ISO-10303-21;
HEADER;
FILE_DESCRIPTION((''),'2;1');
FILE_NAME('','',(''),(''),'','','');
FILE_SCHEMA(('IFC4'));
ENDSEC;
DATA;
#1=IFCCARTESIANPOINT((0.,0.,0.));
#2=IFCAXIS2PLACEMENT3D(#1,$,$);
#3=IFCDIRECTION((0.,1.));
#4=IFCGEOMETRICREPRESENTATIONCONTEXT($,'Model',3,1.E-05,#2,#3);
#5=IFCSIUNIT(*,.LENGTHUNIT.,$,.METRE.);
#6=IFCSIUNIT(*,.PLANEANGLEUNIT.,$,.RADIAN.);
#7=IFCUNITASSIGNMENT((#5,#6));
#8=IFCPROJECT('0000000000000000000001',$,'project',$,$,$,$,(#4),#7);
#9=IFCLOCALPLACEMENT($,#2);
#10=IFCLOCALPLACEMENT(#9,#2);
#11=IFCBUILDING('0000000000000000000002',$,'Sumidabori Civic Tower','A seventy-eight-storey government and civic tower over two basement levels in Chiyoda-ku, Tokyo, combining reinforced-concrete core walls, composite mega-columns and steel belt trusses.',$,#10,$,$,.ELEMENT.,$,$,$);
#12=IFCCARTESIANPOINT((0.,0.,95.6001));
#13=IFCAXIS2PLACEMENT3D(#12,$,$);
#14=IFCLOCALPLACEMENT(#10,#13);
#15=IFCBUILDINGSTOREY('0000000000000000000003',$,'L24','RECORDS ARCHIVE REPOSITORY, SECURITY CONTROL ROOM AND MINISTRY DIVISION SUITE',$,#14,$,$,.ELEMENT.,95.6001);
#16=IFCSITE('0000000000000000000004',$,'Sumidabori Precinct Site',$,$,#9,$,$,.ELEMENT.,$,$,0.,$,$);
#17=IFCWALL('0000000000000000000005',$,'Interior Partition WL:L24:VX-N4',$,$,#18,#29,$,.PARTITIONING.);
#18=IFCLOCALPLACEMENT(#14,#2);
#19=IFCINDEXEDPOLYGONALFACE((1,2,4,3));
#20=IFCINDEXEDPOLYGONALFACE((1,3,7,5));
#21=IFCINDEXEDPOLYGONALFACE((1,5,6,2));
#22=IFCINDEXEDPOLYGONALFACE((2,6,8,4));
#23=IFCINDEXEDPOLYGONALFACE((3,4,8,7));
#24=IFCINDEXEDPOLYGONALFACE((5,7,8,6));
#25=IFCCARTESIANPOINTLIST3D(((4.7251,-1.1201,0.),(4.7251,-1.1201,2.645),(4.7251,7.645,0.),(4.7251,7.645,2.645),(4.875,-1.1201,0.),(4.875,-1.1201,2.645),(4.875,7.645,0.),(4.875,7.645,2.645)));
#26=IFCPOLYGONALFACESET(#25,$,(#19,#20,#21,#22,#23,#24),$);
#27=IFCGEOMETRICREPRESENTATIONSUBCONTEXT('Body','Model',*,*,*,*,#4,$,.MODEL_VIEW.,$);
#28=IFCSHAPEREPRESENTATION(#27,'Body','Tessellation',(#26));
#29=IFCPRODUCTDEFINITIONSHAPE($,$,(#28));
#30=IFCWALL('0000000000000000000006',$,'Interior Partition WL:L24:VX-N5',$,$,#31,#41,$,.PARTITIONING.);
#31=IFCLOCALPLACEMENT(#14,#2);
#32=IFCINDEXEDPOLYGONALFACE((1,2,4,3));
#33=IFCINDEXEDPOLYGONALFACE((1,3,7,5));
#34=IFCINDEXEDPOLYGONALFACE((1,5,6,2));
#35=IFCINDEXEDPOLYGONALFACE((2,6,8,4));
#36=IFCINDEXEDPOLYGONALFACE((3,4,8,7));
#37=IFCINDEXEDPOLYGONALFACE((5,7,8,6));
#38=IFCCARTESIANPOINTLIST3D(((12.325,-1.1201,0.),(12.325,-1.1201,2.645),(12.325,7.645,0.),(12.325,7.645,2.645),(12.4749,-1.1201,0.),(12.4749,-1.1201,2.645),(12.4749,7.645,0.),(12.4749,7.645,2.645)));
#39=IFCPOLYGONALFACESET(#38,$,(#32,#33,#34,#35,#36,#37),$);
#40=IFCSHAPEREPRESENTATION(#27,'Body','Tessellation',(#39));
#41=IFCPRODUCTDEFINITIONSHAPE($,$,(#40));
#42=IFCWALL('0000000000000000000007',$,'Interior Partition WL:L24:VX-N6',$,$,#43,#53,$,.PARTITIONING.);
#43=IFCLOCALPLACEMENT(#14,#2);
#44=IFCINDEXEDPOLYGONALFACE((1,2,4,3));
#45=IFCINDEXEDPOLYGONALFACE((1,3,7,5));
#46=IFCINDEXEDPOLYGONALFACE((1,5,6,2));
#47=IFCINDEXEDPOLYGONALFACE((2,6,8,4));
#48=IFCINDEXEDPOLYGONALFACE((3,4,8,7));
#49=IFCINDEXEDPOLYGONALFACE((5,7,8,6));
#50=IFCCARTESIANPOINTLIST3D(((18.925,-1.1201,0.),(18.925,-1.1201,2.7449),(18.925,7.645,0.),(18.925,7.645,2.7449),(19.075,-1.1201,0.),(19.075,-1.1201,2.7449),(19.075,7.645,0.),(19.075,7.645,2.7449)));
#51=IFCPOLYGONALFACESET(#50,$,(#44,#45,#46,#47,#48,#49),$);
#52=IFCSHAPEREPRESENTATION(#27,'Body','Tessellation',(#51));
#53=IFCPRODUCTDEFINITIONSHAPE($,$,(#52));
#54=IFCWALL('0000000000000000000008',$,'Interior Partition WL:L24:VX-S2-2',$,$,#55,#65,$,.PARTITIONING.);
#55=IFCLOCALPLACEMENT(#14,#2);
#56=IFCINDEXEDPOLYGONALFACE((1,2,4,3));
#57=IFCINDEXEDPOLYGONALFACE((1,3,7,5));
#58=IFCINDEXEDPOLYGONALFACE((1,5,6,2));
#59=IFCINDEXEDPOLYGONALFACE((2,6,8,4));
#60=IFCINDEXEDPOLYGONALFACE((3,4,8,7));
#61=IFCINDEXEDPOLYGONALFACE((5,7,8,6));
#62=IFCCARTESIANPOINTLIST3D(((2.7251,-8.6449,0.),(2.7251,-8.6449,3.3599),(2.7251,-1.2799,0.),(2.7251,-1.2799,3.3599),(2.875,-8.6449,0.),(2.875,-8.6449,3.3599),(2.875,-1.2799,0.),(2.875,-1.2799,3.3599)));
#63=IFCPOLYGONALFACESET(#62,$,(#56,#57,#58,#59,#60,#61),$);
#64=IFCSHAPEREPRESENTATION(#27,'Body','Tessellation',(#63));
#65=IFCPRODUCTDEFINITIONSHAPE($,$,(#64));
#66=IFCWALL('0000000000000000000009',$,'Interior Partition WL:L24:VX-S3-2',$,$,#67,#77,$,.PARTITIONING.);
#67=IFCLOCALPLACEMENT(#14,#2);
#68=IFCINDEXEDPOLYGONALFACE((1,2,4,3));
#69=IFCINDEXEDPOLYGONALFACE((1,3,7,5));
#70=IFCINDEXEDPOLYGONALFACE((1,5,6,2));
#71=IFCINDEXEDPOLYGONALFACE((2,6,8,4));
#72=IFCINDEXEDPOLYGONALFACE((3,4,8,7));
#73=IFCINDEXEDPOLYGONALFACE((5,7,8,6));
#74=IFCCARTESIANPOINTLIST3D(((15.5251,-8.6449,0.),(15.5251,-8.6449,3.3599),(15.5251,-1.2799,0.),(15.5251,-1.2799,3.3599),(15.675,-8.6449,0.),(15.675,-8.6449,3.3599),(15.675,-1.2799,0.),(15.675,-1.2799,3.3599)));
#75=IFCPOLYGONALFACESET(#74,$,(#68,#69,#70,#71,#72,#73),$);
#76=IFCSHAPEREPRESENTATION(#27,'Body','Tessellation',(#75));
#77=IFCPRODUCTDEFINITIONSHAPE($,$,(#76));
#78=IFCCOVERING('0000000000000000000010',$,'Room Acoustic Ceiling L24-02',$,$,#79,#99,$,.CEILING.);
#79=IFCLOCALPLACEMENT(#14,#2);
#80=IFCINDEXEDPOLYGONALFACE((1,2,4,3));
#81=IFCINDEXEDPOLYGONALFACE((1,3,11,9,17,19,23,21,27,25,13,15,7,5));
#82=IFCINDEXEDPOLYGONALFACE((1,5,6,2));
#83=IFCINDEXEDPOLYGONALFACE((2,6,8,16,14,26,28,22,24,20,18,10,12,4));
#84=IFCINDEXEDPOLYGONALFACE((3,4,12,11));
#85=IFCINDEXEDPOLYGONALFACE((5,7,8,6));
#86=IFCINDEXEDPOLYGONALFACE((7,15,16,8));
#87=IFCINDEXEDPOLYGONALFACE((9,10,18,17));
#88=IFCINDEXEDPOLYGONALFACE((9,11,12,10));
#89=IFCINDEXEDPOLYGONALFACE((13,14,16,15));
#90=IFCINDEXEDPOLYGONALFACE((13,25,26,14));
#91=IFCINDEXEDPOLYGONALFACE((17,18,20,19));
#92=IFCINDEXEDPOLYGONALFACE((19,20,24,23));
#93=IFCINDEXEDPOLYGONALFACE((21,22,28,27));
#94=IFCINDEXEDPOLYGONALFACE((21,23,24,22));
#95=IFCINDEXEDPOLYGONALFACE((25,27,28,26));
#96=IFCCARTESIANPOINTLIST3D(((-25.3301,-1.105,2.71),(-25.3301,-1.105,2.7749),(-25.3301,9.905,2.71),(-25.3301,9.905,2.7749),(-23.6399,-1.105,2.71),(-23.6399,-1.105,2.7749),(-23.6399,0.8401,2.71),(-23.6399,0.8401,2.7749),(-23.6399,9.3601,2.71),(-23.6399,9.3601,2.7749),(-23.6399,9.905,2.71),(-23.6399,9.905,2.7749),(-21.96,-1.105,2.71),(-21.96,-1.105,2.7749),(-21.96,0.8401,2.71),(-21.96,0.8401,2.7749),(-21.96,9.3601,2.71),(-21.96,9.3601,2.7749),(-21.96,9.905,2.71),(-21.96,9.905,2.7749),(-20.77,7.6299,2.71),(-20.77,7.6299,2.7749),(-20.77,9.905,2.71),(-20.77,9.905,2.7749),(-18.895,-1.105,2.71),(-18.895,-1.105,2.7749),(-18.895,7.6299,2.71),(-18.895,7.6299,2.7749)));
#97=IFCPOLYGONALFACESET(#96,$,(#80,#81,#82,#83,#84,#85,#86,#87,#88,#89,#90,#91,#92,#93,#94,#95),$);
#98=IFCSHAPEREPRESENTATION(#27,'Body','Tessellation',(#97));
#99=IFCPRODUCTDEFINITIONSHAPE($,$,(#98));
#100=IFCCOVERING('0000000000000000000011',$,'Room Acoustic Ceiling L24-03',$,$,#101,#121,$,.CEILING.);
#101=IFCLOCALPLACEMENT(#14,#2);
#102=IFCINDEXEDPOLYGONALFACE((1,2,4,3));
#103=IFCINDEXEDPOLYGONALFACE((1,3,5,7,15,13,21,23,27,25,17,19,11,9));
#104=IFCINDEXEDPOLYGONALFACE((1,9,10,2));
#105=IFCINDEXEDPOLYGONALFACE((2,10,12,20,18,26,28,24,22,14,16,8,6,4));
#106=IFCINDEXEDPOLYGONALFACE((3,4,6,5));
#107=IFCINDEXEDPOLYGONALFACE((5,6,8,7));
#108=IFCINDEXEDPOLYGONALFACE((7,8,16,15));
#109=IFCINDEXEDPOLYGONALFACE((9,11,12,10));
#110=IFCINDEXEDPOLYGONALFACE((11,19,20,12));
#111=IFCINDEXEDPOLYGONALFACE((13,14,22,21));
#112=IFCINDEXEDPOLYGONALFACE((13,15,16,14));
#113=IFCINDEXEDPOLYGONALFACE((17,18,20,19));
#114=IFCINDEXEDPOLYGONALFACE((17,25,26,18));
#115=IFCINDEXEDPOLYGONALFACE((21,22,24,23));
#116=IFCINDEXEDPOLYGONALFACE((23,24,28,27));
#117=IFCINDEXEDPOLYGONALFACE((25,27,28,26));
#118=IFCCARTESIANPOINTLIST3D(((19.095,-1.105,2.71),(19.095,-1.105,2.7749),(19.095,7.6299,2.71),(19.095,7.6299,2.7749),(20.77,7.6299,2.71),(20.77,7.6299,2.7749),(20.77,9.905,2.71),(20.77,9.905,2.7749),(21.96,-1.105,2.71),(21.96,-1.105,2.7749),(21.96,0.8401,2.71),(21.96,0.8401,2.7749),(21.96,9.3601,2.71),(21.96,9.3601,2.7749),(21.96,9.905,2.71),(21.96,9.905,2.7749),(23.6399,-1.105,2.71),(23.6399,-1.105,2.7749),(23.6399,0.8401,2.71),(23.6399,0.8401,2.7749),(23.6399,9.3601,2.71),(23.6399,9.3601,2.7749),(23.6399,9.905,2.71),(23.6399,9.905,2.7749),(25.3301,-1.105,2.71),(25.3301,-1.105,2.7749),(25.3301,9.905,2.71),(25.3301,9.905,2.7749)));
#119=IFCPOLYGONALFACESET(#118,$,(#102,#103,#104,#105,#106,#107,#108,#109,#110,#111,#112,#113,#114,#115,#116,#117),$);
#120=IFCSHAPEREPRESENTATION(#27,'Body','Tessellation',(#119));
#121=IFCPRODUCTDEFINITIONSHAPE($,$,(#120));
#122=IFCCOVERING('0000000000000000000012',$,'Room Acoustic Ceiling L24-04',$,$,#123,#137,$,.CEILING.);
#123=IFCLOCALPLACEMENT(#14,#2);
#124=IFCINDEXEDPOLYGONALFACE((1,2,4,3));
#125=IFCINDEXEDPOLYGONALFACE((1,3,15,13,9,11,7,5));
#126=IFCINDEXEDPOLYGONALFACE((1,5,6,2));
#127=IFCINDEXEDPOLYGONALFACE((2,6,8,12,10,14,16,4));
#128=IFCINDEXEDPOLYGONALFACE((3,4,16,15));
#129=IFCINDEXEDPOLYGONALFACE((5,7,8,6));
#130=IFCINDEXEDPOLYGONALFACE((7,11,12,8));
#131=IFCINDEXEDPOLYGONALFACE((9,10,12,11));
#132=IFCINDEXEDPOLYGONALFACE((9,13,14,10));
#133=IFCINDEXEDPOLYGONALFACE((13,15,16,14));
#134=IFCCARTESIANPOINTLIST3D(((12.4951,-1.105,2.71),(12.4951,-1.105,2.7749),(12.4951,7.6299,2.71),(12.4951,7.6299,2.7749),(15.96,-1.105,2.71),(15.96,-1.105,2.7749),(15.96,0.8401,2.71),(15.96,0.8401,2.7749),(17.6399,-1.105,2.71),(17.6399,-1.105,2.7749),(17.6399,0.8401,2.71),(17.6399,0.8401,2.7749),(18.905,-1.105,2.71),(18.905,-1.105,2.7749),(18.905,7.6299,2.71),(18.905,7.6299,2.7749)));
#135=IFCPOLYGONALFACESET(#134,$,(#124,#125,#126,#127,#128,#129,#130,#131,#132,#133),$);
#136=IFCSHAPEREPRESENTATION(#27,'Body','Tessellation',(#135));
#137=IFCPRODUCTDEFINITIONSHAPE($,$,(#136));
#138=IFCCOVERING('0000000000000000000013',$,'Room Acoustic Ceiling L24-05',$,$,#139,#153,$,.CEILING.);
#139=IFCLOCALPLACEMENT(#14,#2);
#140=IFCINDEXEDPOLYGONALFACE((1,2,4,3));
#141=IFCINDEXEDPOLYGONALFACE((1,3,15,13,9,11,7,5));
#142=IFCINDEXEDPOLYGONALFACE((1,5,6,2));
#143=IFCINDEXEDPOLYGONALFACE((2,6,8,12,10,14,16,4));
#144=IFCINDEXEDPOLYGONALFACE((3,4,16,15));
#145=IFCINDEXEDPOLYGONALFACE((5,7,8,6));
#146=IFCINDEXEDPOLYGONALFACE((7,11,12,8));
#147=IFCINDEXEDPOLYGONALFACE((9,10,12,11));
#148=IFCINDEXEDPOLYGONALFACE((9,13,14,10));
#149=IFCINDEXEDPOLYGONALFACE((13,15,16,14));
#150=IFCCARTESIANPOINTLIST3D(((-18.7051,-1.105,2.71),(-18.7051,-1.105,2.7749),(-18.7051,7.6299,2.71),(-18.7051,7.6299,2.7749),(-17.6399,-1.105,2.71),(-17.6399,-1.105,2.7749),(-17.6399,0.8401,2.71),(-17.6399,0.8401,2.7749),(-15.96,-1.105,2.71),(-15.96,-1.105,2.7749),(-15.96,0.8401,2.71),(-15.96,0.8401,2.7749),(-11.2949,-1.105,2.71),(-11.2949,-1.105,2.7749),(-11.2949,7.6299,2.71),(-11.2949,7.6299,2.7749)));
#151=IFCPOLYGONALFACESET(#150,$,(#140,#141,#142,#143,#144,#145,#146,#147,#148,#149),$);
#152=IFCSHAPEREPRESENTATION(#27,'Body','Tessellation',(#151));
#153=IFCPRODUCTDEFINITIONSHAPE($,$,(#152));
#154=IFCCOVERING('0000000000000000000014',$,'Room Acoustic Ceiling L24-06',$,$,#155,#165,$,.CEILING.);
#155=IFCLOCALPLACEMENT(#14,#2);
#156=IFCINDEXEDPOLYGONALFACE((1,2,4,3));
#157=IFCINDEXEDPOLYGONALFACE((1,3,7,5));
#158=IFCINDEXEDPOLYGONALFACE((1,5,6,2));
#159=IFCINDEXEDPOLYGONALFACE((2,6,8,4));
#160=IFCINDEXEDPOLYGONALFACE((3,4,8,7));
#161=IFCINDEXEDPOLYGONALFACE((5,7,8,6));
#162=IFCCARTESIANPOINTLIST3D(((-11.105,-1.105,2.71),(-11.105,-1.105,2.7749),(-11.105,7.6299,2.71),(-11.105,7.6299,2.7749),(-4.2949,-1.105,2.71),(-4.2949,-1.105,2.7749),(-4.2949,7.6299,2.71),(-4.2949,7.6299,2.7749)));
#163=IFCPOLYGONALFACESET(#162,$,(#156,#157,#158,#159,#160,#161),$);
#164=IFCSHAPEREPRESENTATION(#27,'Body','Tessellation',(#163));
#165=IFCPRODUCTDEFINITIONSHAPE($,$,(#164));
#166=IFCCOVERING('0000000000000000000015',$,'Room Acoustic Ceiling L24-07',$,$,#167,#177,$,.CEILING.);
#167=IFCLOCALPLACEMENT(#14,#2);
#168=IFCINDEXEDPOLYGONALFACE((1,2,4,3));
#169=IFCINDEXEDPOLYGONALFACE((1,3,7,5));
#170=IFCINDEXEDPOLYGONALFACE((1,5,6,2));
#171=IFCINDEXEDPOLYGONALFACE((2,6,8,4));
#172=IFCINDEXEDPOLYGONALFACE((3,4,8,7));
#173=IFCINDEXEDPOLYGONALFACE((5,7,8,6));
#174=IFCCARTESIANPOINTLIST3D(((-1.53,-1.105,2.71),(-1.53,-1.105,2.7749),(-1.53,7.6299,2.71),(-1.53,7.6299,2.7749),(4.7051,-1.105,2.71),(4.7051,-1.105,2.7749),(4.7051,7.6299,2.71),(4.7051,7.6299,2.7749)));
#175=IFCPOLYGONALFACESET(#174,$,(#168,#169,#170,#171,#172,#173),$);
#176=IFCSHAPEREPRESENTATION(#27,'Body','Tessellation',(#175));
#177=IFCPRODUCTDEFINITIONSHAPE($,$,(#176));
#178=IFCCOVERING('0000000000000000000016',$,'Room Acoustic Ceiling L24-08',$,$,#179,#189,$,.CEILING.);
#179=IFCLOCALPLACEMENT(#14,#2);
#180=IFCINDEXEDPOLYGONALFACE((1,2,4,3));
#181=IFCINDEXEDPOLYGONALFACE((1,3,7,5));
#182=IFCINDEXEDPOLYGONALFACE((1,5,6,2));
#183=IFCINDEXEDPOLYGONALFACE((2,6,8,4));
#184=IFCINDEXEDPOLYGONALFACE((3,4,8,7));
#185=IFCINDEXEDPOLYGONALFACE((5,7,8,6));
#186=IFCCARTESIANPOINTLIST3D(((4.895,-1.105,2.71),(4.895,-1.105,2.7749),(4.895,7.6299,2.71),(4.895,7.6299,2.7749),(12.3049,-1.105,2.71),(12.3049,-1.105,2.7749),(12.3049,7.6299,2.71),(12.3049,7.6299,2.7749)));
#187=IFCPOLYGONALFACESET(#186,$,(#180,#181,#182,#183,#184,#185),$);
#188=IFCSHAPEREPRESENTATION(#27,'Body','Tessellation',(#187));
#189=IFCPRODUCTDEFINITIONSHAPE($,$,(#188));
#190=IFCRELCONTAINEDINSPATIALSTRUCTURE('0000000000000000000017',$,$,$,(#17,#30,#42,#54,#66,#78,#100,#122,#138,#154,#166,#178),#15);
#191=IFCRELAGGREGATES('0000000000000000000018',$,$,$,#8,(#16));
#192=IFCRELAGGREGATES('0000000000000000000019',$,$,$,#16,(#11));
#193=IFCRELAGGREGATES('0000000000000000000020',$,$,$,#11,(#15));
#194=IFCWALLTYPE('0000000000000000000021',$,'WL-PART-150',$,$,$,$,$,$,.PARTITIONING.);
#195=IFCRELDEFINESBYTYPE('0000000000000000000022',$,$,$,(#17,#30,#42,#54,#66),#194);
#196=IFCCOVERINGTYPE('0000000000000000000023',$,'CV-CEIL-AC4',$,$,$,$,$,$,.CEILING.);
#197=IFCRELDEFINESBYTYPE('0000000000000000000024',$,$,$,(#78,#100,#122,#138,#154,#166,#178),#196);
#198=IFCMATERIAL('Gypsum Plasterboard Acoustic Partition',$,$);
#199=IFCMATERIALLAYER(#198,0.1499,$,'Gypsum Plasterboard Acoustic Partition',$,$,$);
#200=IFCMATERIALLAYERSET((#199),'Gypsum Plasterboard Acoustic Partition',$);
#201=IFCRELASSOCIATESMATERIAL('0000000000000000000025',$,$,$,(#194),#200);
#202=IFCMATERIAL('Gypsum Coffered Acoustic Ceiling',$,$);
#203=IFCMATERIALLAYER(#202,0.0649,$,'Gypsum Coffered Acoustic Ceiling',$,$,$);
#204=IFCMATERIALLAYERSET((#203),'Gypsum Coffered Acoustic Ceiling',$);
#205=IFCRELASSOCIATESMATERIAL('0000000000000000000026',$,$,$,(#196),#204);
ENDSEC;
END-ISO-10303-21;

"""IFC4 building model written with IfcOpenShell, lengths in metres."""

from ifc_helpers import new_model, si_unit, direction, frame, frame_2d, origin, place, context, subcontext, project, spatial, polyline, rectangle, outline, extrude, source, transform, mapped, material, layer, layer_set, type_object, element, save


model = new_model("IFC4")

# Units and contexts
model_context = context("Model", 3, precision=1e-05, world=origin(), true_north=direction((0.0, 1.0)))
body_context = subcontext(model_context, "Body", "Model", "MODEL_VIEW")
ifc_project = project(units=[si_unit("LENGTHUNIT", "METRE"), si_unit("PLANEANGLEUNIT", "RADIAN")], contexts=[model_context])

# Site, building, storey
site_placement = place(None, origin())
site = spatial("IfcSite", under=ifc_project, at=site_placement, Name="Sumidabori Precinct Site", CompositionType="ELEMENT", RefElevation=0.0)
building_placement = place(site_placement, origin())
building = spatial("IfcBuilding", under=site, at=building_placement, Name="Sumidabori Civic Tower", Description="A seventy-eight-storey government and civic tower over two basement levels in Chiyoda-ku, Tokyo, combining reinforced-concrete core walls, composite mega-columns and steel belt trusses.", CompositionType="ELEMENT")
storey_placement = place(building_placement, frame((0.0, 0.0, 95.6001)))
storey = spatial("IfcBuildingStorey", under=building, at=storey_placement, Name="L24", Description="RECORDS ARCHIVE REPOSITORY, SECURITY CONTROL ROOM AND MINISTRY DIVISION SUITE", CompositionType="ELEMENT", Elevation=95.6001)

# Walls
ifc_material_1 = material(Name="Gypsum Plasterboard Acoustic Partition")
ifc_layer_1 = layer(ifc_material_1, 0.1499, Name="Gypsum Plasterboard Acoustic Partition")
ifc_layer_set_1 = layer_set([ifc_layer_1], Name="Gypsum Plasterboard Acoustic Partition")
wall_type = type_object("IfcWallType", Name="WL-PART-150", PredefinedType="PARTITIONING", material=ifc_layer_set_1)
shared_shape_1 = source(origin(), body_context, "Body", "SweptSolid", [
    extrude(rectangle(XDim=8.7651, YDim=0.1499, at=frame_2d((4.3826, 0.0))), origin(), (0.0, 0.0, 1.0), 2.645),
])
for number, where, z_axis, x_axis, name in (
    (1, (4.8, -1.1201, 0.0), (0.0, 0.0, 1.0), (0.0, 1.0, 0.0), "Interior Partition WL:L24:VX-N4"),
    (2, (12.3999, -1.1201, 0.0), (0.0, 0.0, 1.0), (0.0, 1.0, 0.0), "Interior Partition WL:L24:VX-N5"),
):
    element("IfcWall", number, at=place(storey_placement, frame(where, z_axis=z_axis, x_axis=x_axis)), inside=storey, type_object=wall_type, Name=name, PredefinedType="PARTITIONING", context=body_context, shape_type="MappedRepresentation", body=[
        mapped(shared_shape_1, transform((0.0, 0.0, 0.0), x_axis=(1.0, 0.0, 0.0), y_axis=(0.0, 1.0, 0.0), z_axis=(0.0, 0.0, 1.0), scale=1.0)),
    ])
shared_shape_2 = source(origin(), body_context, "Body", "SweptSolid", [
    extrude(rectangle(XDim=8.7651, YDim=0.1499, at=frame_2d((4.3826, 0.0))), origin(), (0.0, 0.0, 1.0), 2.7449),
])
wall_placement = place(storey_placement, frame((19.0, -1.1201, 0.0), z_axis=(0.0, 0.0, 1.0), x_axis=(0.0, 1.0, 0.0)))
element("IfcWall", 3, at=wall_placement, inside=storey, type_object=wall_type, Name="Interior Partition WL:L24:VX-N6", PredefinedType="PARTITIONING", context=body_context, shape_type="MappedRepresentation", body=[
    mapped(shared_shape_2, transform((0.0, 0.0, 0.0), x_axis=(1.0, 0.0, 0.0), y_axis=(0.0, 1.0, 0.0), z_axis=(0.0, 0.0, 1.0), scale=1.0)),
])
shared_shape_3 = source(origin(), body_context, "Body", "SweptSolid", [
    extrude(rectangle(XDim=7.365, YDim=0.1499, at=frame_2d((3.6826, 0.0))), origin(), (0.0, 0.0, 1.0), 3.3599),
])
for number, where, z_axis, x_axis, name in (
    (4, (2.8, -8.645, 0.0), (0.0, 0.0, 1.0), (0.0, 1.0, 0.0), "Interior Partition WL:L24:VX-S2-2"),
    (5, (15.6001, -8.645, 0.0), (0.0, 0.0, 1.0), (0.0, 1.0, 0.0), "Interior Partition WL:L24:VX-S3-2"),
):
    element("IfcWall", number, at=place(storey_placement, frame(where, z_axis=z_axis, x_axis=x_axis)), inside=storey, type_object=wall_type, Name=name, PredefinedType="PARTITIONING", context=body_context, shape_type="MappedRepresentation", body=[
        mapped(shared_shape_3, transform((0.0, 0.0, 0.0), x_axis=(1.0, 0.0, 0.0), y_axis=(0.0, 1.0, 0.0), z_axis=(0.0, 0.0, 1.0), scale=1.0)),
    ])

# Coverings
ifc_material_2 = material(Name="Gypsum Coffered Acoustic Ceiling")
ifc_layer_2 = layer(ifc_material_2, 0.0649, Name="Gypsum Coffered Acoustic Ceiling")
ifc_layer_set_2 = layer_set([ifc_layer_2], Name="Gypsum Coffered Acoustic Ceiling")
covering_type_1 = type_object("IfcCoveringType", Name="CV-CEIL-AC4", PredefinedType="CEILING", material=ifc_layer_set_2)
covering_1_placement = place(storey_placement, frame((0.0, 0.0, 2.71)))
element("IfcCovering", 6, at=covering_1_placement, inside=storey, type_object=covering_type_1, Name="Room Acoustic Ceiling L24-02", PredefinedType="CEILING", context=body_context, shape_type="SweptSolid", body=[
    extrude(outline(polyline([(-25.3301, -1.105), (-25.3301, 9.905), (-23.6399, 9.905), (-23.6399, 9.3601), (-21.96, 9.3601), (-21.96, 9.905), (-20.77, 9.905), (-20.77, 7.6299), (-18.895, 7.6299), (-18.895, -1.105), (-21.96, -1.105), (-21.96, 0.8401), (-23.6399, 0.8401), (-23.6399, -1.105), (-25.3301, -1.105)])), origin(), (0.0, 0.0, 1.0), 0.0649),
])
covering_2_placement = place(storey_placement, frame((0.0, 0.0, 2.71)))
element("IfcCovering", 7, at=covering_2_placement, inside=storey, type_object=covering_type_1, Name="Room Acoustic Ceiling L24-03", PredefinedType="CEILING", context=body_context, shape_type="SweptSolid", body=[
    extrude(outline(polyline([(19.095, 7.6299), (20.77, 7.6299), (20.77, 9.905), (21.96, 9.905), (21.96, 9.3601), (23.6399, 9.3601), (23.6399, 9.905), (25.3301, 9.905), (25.3301, -1.105), (23.6399, -1.105), (23.6399, 0.8401), (21.96, 0.8401), (21.96, -1.105), (19.095, -1.105), (19.095, 7.6299)])), origin(), (0.0, 0.0, 1.0), 0.0649),
])
covering_3_placement = place(storey_placement, frame((0.0, 0.0, 2.71)))
element("IfcCovering", 8, at=covering_3_placement, inside=storey, type_object=covering_type_1, Name="Room Acoustic Ceiling L24-04", PredefinedType="CEILING", context=body_context, shape_type="SweptSolid", body=[
    extrude(outline(polyline([(12.4951, 7.6299), (18.905, 7.6299), (18.905, -1.105), (17.6399, -1.105), (17.6399, 0.8401), (15.96, 0.8401), (15.96, -1.105), (12.4951, -1.105), (12.4951, 7.6299)])), origin(), (0.0, 0.0, 1.0), 0.0649),
])
covering_4_placement = place(storey_placement, frame((0.0, 0.0, 2.71)))
element("IfcCovering", 9, at=covering_4_placement, inside=storey, type_object=covering_type_1, Name="Room Acoustic Ceiling L24-05", PredefinedType="CEILING", context=body_context, shape_type="SweptSolid", body=[
    extrude(outline(polyline([(-18.7051, 7.6299), (-11.2949, 7.6299), (-11.2949, -1.105), (-15.96, -1.105), (-15.96, 0.8401), (-17.6399, 0.8401), (-17.6399, -1.105), (-18.7051, -1.105), (-18.7051, 7.6299)])), origin(), (0.0, 0.0, 1.0), 0.0649),
])
covering_5_placement = place(storey_placement, frame((0.0, 0.0, 2.71)))
element("IfcCovering", 10, at=covering_5_placement, inside=storey, type_object=covering_type_1, Name="Room Acoustic Ceiling L24-06", PredefinedType="CEILING", context=body_context, shape_type="SweptSolid", body=[
    extrude(outline(polyline([(-11.105, 7.6299), (-4.2949, 7.6299), (-4.2949, -1.105), (-11.105, -1.105), (-11.105, 7.6299)])), origin(), (0.0, 0.0, 1.0), 0.0649),
])
covering_6_placement = place(storey_placement, frame((0.0, 0.0, 2.71)))
element("IfcCovering", 11, at=covering_6_placement, inside=storey, type_object=covering_type_1, Name="Room Acoustic Ceiling L24-07", PredefinedType="CEILING", context=body_context, shape_type="SweptSolid", body=[
    extrude(outline(polyline([(-1.53, 7.6299), (4.7051, 7.6299), (4.7051, -1.105), (-1.53, -1.105), (-1.53, 7.6299)])), origin(), (0.0, 0.0, 1.0), 0.0649),
])
covering_7_placement = place(storey_placement, frame((0.0, 0.0, 2.71)))
element("IfcCovering", 12, at=covering_7_placement, inside=storey, type_object=covering_type_1, Name="Room Acoustic Ceiling L24-08", PredefinedType="CEILING", context=body_context, shape_type="SweptSolid", body=[
    extrude(outline(polyline([(4.895, 7.6299), (12.3049, 7.6299), (12.3049, -1.105), (4.895, -1.105), (4.895, 7.6299)])), origin(), (0.0, 0.0, 1.0), 0.0649),
])

save(model, "model.ifc")
